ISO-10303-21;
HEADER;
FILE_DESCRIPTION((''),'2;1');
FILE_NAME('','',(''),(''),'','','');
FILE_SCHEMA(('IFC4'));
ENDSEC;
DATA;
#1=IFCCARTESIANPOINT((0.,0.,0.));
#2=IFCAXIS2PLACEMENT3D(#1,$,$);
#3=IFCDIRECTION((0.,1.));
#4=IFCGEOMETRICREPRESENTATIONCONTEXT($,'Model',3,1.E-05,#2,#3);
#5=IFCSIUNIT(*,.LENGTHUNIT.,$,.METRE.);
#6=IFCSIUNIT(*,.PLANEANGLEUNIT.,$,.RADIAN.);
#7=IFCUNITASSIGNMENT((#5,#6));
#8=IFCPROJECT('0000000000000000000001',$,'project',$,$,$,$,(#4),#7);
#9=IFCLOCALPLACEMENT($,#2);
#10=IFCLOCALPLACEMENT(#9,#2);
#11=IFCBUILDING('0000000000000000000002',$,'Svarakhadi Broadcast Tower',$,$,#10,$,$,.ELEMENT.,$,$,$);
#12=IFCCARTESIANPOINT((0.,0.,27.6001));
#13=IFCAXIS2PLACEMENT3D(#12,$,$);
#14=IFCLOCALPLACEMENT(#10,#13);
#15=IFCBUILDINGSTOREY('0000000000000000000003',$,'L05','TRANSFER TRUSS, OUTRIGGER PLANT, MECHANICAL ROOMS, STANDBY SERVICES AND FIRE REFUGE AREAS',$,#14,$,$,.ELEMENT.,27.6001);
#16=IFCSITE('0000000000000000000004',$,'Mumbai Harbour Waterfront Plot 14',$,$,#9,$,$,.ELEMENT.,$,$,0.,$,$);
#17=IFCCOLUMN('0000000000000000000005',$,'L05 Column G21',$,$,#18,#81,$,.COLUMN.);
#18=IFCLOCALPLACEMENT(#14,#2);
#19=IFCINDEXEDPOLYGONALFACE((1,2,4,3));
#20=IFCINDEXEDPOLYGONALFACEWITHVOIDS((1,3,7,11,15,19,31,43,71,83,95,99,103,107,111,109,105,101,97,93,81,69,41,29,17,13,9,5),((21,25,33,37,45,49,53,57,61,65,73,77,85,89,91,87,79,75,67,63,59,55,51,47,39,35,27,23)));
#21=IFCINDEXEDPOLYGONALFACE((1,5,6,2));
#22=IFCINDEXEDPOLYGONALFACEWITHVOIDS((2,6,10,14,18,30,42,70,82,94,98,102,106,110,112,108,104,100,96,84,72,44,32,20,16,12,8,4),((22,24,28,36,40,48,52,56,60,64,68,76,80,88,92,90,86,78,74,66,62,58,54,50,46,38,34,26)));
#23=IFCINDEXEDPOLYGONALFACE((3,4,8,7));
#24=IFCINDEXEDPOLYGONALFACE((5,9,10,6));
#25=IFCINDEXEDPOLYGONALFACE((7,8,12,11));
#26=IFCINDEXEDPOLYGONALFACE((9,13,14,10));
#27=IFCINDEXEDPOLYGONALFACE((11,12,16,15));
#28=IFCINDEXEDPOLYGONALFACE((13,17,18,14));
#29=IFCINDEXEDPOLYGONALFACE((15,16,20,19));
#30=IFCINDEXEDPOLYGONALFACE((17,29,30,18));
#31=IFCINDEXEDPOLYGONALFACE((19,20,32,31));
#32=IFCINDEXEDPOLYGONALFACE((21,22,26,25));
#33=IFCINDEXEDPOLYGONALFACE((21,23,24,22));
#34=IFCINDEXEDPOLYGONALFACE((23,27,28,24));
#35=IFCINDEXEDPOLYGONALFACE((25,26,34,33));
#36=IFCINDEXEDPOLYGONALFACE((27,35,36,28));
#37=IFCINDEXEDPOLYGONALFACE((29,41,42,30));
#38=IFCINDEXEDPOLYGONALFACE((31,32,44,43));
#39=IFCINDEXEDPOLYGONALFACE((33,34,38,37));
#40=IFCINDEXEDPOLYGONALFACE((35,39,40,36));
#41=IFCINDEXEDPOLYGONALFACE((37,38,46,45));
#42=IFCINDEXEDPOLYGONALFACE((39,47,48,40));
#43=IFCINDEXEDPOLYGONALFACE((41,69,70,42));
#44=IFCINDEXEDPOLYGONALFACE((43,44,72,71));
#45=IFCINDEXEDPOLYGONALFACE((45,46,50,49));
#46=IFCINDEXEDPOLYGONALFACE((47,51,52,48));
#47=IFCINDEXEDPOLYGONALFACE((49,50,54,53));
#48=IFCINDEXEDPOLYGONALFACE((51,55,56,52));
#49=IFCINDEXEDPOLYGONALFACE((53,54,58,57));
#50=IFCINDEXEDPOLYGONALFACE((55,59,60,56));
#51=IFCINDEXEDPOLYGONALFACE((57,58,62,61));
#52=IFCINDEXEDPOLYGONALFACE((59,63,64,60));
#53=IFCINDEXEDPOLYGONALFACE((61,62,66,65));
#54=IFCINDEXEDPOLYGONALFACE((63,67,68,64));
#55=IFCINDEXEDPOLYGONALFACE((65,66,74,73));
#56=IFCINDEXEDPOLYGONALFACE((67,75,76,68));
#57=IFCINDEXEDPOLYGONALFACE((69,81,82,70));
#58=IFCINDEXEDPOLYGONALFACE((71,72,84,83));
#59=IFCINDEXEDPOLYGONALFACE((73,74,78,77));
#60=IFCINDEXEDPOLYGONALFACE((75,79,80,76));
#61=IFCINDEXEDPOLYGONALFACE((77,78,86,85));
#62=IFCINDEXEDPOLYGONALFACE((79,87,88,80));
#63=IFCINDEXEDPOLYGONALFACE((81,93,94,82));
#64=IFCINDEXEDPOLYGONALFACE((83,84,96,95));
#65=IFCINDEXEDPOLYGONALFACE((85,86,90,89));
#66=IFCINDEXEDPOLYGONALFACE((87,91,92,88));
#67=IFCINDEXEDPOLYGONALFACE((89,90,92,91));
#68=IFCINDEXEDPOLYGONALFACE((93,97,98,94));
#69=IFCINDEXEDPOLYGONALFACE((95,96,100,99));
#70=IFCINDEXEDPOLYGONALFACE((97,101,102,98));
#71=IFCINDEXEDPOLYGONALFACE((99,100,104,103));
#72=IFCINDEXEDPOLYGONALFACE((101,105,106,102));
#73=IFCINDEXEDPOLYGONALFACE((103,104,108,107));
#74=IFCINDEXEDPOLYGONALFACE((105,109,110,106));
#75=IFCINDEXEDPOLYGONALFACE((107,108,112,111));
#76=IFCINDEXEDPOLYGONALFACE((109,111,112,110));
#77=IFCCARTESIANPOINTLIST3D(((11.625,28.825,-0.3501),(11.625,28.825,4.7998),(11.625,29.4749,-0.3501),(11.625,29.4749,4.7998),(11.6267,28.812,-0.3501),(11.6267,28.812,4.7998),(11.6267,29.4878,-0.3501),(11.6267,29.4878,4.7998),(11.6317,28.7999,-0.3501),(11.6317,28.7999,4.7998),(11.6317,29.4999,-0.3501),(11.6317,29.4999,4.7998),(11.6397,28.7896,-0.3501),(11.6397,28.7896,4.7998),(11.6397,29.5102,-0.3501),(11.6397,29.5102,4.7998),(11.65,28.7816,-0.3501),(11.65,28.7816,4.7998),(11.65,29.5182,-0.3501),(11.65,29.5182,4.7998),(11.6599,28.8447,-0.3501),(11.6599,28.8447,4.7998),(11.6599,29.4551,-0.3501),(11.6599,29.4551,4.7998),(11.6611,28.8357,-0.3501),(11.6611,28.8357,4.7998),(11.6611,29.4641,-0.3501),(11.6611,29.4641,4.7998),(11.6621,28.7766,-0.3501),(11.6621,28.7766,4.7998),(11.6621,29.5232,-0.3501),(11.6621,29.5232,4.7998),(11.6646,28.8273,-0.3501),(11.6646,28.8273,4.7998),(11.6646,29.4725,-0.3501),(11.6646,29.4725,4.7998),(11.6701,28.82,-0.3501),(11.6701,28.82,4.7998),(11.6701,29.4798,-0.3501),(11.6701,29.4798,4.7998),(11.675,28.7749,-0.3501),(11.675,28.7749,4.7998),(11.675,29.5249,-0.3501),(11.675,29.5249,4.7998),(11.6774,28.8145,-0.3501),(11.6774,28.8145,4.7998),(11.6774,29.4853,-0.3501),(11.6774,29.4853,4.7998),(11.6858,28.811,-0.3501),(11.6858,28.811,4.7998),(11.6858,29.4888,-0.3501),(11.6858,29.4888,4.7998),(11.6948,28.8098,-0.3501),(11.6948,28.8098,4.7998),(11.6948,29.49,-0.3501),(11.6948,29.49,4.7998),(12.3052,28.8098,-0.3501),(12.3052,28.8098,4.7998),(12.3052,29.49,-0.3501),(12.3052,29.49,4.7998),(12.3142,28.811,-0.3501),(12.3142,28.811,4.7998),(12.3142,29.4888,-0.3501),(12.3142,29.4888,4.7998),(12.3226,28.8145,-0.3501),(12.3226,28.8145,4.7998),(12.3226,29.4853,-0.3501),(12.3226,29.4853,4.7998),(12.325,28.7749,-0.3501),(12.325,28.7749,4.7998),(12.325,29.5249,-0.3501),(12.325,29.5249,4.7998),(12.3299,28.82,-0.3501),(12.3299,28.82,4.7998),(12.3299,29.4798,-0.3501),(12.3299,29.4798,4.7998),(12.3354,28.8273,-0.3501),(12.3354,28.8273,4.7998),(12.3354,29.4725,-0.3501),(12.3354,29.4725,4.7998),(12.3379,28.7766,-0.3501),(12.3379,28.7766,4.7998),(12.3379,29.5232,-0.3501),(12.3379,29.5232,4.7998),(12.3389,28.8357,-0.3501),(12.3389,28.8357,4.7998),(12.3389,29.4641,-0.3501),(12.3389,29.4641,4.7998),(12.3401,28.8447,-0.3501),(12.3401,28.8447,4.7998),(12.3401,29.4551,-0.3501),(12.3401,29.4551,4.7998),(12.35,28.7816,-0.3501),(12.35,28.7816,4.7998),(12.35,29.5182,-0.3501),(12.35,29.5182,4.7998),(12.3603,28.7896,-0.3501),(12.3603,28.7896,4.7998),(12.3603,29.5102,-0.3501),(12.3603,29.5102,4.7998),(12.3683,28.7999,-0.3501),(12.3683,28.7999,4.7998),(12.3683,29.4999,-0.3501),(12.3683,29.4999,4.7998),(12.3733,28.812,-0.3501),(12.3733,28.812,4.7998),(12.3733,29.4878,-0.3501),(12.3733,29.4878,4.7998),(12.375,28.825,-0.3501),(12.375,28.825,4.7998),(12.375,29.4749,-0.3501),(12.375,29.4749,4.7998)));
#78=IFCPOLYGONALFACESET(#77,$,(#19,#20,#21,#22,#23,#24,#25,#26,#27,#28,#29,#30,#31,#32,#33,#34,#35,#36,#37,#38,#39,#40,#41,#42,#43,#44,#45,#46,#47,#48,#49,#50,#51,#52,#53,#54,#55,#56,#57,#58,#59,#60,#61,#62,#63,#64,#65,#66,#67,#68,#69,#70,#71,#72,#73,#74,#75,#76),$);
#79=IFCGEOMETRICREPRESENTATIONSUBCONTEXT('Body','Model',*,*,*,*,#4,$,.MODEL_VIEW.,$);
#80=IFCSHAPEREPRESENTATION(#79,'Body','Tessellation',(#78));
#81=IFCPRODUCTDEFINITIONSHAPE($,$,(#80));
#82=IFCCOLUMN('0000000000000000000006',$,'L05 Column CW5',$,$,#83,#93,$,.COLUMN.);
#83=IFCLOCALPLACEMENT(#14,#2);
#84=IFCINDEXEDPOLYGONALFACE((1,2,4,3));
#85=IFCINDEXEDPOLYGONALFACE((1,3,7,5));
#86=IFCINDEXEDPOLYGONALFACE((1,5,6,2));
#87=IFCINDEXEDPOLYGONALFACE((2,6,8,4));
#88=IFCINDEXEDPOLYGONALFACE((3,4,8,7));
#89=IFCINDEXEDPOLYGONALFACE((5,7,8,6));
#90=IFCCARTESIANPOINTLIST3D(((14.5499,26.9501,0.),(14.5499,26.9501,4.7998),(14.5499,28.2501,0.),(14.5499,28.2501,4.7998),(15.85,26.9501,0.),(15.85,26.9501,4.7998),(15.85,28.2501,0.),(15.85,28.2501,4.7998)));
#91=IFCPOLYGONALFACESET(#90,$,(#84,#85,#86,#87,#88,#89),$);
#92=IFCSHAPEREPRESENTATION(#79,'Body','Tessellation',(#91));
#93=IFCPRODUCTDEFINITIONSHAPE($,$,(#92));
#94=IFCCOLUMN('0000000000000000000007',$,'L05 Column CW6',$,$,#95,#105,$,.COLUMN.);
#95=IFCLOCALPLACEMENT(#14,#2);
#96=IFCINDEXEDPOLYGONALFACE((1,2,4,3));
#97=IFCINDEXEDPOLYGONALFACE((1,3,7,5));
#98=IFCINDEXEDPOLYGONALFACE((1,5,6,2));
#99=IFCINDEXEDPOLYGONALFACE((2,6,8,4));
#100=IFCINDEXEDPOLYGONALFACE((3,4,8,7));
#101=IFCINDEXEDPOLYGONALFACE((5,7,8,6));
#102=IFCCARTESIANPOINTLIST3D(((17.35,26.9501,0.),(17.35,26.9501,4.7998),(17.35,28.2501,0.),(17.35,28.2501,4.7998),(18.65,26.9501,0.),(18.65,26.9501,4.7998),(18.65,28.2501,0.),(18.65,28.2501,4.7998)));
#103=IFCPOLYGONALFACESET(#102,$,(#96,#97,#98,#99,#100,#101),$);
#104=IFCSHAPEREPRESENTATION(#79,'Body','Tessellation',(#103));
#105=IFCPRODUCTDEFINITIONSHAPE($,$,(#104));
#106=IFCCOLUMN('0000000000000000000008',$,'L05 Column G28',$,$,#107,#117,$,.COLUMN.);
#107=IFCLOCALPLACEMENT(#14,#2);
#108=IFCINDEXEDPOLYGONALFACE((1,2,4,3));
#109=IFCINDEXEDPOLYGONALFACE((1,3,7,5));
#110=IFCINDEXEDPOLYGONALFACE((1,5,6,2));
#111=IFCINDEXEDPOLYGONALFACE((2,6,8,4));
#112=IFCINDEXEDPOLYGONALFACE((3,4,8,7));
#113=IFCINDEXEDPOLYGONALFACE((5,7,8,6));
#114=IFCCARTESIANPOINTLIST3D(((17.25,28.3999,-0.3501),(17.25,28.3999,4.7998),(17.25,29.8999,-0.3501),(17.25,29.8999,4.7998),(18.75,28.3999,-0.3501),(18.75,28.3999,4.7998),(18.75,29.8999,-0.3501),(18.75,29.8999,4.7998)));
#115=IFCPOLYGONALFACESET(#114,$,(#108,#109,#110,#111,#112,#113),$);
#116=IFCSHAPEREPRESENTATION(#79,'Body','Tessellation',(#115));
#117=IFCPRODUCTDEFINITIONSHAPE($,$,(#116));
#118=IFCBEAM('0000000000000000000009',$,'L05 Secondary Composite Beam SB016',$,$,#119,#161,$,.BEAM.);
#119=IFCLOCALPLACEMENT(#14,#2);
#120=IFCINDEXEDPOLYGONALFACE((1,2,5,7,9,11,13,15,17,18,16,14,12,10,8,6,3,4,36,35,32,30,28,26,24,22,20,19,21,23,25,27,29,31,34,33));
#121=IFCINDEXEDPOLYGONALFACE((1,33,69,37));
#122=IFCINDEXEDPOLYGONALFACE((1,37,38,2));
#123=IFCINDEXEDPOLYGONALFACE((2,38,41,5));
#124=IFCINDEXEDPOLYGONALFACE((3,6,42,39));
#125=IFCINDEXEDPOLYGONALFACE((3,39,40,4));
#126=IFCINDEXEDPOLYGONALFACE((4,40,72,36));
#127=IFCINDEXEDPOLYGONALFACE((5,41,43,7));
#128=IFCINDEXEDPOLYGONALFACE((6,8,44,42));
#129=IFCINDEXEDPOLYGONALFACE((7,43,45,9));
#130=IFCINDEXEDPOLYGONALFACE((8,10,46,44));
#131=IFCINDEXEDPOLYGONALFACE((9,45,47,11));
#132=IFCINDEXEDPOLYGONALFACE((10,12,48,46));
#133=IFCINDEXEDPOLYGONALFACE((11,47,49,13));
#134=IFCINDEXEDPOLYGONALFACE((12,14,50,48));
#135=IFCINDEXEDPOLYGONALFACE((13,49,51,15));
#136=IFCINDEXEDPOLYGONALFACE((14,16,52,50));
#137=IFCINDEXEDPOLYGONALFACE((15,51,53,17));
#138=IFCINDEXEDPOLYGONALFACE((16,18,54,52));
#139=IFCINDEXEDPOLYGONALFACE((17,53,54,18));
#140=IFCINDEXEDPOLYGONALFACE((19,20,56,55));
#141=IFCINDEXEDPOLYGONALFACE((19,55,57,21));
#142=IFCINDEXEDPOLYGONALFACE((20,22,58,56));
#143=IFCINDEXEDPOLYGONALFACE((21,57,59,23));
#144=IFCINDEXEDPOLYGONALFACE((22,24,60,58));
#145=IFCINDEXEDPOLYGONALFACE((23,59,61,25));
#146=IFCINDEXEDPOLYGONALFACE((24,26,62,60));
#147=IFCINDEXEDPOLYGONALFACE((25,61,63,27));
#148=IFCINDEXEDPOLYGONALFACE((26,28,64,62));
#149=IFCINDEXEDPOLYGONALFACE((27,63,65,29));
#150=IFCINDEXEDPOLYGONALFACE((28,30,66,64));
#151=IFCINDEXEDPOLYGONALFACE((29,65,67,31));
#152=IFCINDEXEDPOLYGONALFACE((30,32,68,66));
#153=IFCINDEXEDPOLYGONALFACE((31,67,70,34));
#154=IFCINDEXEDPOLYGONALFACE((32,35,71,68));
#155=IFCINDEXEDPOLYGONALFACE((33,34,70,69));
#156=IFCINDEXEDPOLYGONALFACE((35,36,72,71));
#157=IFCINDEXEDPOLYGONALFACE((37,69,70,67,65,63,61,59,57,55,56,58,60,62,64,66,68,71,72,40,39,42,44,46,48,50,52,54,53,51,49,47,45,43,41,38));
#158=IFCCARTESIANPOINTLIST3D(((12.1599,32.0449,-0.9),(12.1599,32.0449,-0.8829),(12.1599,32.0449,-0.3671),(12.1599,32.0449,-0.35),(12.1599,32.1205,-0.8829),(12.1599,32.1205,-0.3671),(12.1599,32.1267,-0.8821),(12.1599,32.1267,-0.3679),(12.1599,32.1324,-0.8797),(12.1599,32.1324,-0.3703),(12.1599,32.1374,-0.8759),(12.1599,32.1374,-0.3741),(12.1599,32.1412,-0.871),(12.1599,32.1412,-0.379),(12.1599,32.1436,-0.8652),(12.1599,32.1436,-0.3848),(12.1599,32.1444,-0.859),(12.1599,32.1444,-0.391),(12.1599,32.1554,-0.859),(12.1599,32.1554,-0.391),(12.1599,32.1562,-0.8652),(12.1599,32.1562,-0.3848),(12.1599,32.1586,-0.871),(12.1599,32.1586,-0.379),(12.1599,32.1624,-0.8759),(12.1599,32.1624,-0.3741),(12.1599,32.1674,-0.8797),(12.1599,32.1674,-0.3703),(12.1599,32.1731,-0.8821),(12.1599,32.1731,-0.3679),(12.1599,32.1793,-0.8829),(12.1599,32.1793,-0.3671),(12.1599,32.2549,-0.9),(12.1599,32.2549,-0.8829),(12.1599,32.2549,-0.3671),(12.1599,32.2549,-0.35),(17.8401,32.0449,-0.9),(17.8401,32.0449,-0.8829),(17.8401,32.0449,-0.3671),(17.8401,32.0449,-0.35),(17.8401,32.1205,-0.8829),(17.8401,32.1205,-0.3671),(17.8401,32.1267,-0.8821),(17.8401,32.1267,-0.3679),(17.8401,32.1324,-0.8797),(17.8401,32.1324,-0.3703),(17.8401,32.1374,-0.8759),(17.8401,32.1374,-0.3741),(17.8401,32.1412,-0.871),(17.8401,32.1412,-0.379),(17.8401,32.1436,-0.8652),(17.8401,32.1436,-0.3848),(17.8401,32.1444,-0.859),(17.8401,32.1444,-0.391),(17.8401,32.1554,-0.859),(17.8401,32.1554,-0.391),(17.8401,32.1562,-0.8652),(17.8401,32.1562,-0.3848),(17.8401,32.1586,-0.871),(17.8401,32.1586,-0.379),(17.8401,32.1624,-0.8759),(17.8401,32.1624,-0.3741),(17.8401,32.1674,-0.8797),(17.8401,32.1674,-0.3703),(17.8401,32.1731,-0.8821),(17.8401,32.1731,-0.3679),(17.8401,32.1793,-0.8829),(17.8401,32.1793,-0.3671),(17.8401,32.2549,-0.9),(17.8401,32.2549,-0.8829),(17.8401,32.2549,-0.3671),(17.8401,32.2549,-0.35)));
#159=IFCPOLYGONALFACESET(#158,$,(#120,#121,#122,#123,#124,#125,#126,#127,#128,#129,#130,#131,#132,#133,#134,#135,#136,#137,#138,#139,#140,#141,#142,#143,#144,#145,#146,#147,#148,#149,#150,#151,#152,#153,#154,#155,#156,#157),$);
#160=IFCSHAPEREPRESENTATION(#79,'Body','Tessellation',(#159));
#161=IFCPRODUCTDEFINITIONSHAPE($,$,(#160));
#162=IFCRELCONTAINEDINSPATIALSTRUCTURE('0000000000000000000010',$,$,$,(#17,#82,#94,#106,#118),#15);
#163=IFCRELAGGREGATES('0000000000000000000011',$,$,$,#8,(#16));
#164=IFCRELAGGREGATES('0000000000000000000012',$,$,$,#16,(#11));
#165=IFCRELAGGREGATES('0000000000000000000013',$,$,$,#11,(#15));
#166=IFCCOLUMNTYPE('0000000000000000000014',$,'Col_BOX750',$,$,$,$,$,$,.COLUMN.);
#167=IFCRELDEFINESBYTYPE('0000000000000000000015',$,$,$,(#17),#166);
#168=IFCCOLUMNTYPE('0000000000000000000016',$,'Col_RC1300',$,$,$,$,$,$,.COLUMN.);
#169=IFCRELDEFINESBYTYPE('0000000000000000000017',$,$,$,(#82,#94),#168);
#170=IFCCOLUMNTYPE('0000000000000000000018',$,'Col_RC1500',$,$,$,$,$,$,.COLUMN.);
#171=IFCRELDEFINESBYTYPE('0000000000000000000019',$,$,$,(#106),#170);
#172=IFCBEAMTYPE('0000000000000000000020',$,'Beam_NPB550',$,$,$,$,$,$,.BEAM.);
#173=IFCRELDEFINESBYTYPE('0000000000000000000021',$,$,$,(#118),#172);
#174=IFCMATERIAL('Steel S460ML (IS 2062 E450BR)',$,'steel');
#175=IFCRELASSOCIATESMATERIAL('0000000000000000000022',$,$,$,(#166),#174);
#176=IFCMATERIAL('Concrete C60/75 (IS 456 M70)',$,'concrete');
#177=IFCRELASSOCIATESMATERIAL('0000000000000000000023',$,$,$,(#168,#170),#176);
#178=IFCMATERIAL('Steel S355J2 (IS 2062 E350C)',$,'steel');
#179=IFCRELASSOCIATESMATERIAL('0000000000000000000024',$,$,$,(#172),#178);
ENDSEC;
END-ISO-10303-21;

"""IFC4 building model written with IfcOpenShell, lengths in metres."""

from ifc_helpers import new_model, si_unit, direction, frame, origin, origin_2d, place, context, subcontext, project, spatial, rectangle, hollow_rectangle, i_section, extrude, material, material_profile, profile_set, type_object, element, save


model = new_model("IFC4")

# Units and contexts
model_context = context("Model", 3, precision=1e-05, world=origin(), true_north=direction((0.0, 1.0)))
body_context = subcontext(model_context, "Body", "Model", "MODEL_VIEW")
ifc_project = project(units=[si_unit("LENGTHUNIT", "METRE"), si_unit("PLANEANGLEUNIT", "RADIAN")], contexts=[model_context])

# Site, building, storey
site_placement = place(None, origin())
site = spatial("IfcSite", under=ifc_project, at=site_placement, Name="Mumbai Harbour Waterfront Plot 14", CompositionType="ELEMENT", RefElevation=0.0)
building_placement = place(site_placement, origin())
building = spatial("IfcBuilding", under=site, at=building_placement, Name="Svarakhadi Broadcast Tower", CompositionType="ELEMENT")
storey_placement = place(building_placement, frame((0.0, 0.0, 27.6001)))
storey = spatial("IfcBuildingStorey", under=building, at=storey_placement, Name="L05", Description="TRANSFER TRUSS, OUTRIGGER PLANT, MECHANICAL ROOMS, STANDBY SERVICES AND FIRE REFUGE AREAS", CompositionType="ELEMENT", Elevation=27.6001)

# Columns
ifc_material_1 = material(Name="Steel S460ML (IS 2062 E450BR)", Category="steel")
ifc_material_profile_1 = material_profile(ifc_material_1, hollow_rectangle(XDim=0.75, YDim=0.75, WallThickness=0.0349, InnerFilletRadius=0.0349, OuterFilletRadius=0.05, at=origin_2d()), Name="BOX 750x750x35")
ifc_profile_set_1 = profile_set([ifc_material_profile_1], Name="Steel S460ML (IS 2062 E450BR)")
column_type_1 = type_object("IfcColumnType", Name="Col_BOX750", PredefinedType="COLUMN", material=ifc_profile_set_1)
column_1_placement = place(storey_placement, frame((12.0, 29.1499, -0.3501), z_axis=(0.0, 0.0, 1.0), x_axis=(1.0, 0.0, 0.0)))
element("IfcColumn", 1, at=column_1_placement, inside=storey, type_object=column_type_1, Name="L05 Column G21", PredefinedType="COLUMN", context=body_context, shape_type="SweptSolid", body=[
    extrude(hollow_rectangle(XDim=0.75, YDim=0.75, WallThickness=0.0349, InnerFilletRadius=0.0349, OuterFilletRadius=0.05, at=origin_2d()), origin(), (0.0, 0.0, 1.0), 5.1499),
])
ifc_material_2 = material(Name="Concrete C60/75 (IS 456 M70)", Category="concrete")
ifc_material_profile_2 = material_profile(ifc_material_2, rectangle(XDim=1.3, YDim=1.3, at=origin_2d()), Name="RC 1300x1300")
ifc_profile_set_2 = profile_set([ifc_material_profile_2], Name="Concrete C60/75 (IS 456 M70)")
column_type_2 = type_object("IfcColumnType", Name="Col_RC1300", PredefinedType="COLUMN", material=ifc_profile_set_2)
for number, where, z_axis, x_axis, name in (
    (2, (15.2, 27.6001, 0.0), (0.0, 0.0, 1.0), (1.0, 0.0, 0.0), "L05 Column CW5"),
    (3, (18.0, 27.6001, 0.0), (0.0, 0.0, 1.0), (1.0, 0.0, 0.0), "L05 Column CW6"),
):
    element("IfcColumn", number, at=place(storey_placement, frame(where, z_axis=z_axis, x_axis=x_axis)), inside=storey, type_object=column_type_2, Name=name, PredefinedType="COLUMN", context=body_context, shape_type="SweptSolid", body=[
        extrude(rectangle(XDim=1.3, YDim=1.3, at=origin_2d()), origin(), (0.0, 0.0, 1.0), 4.7998),
    ])
ifc_material_profile_3 = material_profile(ifc_material_2, rectangle(XDim=1.5, YDim=1.5, at=origin_2d()), Name="RC 1500x1500")
ifc_profile_set_3 = profile_set([ifc_material_profile_3], Name="Concrete C60/75 (IS 456 M70)")
column_type_3 = type_object("IfcColumnType", Name="Col_RC1500", PredefinedType="COLUMN", material=ifc_profile_set_3)
column_2_placement = place(storey_placement, frame((18.0, 29.1499, -0.3501), z_axis=(0.0, 0.0, 1.0), x_axis=(1.0, 0.0, 0.0)))
element("IfcColumn", 4, at=column_2_placement, inside=storey, type_object=column_type_3, Name="L05 Column G28", PredefinedType="COLUMN", context=body_context, shape_type="SweptSolid", body=[
    extrude(rectangle(XDim=1.5, YDim=1.5, at=origin_2d()), origin(), (0.0, 0.0, 1.0), 5.1499),
])

# Beam
ifc_material_3 = material(Name="Steel S355J2 (IS 2062 E350C)", Category="steel")
ifc_material_profile_4 = material_profile(ifc_material_3, i_section(OverallWidth=0.21, OverallDepth=0.55, WebThickness=0.011, FlangeThickness=0.0171, FilletRadius=0.0239, at=origin_2d()), Name="NPB 550x210x106")
ifc_profile_set_4 = profile_set([ifc_material_profile_4], Name="Steel S355J2 (IS 2062 E350C)")
beam_type_1 = type_object("IfcBeamType", Name="Beam_NPB550", PredefinedType="BEAM", material=ifc_profile_set_4)
beam_1_placement = place(storey_placement, frame((12.1599, 32.1499, -0.625), z_axis=(1.0, 0.0, 0.0), x_axis=(0.0, 1.0, 0.0)))
element("IfcBeam", 5, at=beam_1_placement, inside=storey, type_object=beam_type_1, Name="L05 Secondary Composite Beam SB016", PredefinedType="BEAM", context=body_context, shape_type="SweptSolid", body=[
    extrude(i_section(OverallWidth=0.21, OverallDepth=0.55, WebThickness=0.011, FlangeThickness=0.0171, FilletRadius=0.0239, at=origin_2d()), origin(), (0.0, 0.0, 1.0), 5.6802),
])

save(model, "model.ifc")
